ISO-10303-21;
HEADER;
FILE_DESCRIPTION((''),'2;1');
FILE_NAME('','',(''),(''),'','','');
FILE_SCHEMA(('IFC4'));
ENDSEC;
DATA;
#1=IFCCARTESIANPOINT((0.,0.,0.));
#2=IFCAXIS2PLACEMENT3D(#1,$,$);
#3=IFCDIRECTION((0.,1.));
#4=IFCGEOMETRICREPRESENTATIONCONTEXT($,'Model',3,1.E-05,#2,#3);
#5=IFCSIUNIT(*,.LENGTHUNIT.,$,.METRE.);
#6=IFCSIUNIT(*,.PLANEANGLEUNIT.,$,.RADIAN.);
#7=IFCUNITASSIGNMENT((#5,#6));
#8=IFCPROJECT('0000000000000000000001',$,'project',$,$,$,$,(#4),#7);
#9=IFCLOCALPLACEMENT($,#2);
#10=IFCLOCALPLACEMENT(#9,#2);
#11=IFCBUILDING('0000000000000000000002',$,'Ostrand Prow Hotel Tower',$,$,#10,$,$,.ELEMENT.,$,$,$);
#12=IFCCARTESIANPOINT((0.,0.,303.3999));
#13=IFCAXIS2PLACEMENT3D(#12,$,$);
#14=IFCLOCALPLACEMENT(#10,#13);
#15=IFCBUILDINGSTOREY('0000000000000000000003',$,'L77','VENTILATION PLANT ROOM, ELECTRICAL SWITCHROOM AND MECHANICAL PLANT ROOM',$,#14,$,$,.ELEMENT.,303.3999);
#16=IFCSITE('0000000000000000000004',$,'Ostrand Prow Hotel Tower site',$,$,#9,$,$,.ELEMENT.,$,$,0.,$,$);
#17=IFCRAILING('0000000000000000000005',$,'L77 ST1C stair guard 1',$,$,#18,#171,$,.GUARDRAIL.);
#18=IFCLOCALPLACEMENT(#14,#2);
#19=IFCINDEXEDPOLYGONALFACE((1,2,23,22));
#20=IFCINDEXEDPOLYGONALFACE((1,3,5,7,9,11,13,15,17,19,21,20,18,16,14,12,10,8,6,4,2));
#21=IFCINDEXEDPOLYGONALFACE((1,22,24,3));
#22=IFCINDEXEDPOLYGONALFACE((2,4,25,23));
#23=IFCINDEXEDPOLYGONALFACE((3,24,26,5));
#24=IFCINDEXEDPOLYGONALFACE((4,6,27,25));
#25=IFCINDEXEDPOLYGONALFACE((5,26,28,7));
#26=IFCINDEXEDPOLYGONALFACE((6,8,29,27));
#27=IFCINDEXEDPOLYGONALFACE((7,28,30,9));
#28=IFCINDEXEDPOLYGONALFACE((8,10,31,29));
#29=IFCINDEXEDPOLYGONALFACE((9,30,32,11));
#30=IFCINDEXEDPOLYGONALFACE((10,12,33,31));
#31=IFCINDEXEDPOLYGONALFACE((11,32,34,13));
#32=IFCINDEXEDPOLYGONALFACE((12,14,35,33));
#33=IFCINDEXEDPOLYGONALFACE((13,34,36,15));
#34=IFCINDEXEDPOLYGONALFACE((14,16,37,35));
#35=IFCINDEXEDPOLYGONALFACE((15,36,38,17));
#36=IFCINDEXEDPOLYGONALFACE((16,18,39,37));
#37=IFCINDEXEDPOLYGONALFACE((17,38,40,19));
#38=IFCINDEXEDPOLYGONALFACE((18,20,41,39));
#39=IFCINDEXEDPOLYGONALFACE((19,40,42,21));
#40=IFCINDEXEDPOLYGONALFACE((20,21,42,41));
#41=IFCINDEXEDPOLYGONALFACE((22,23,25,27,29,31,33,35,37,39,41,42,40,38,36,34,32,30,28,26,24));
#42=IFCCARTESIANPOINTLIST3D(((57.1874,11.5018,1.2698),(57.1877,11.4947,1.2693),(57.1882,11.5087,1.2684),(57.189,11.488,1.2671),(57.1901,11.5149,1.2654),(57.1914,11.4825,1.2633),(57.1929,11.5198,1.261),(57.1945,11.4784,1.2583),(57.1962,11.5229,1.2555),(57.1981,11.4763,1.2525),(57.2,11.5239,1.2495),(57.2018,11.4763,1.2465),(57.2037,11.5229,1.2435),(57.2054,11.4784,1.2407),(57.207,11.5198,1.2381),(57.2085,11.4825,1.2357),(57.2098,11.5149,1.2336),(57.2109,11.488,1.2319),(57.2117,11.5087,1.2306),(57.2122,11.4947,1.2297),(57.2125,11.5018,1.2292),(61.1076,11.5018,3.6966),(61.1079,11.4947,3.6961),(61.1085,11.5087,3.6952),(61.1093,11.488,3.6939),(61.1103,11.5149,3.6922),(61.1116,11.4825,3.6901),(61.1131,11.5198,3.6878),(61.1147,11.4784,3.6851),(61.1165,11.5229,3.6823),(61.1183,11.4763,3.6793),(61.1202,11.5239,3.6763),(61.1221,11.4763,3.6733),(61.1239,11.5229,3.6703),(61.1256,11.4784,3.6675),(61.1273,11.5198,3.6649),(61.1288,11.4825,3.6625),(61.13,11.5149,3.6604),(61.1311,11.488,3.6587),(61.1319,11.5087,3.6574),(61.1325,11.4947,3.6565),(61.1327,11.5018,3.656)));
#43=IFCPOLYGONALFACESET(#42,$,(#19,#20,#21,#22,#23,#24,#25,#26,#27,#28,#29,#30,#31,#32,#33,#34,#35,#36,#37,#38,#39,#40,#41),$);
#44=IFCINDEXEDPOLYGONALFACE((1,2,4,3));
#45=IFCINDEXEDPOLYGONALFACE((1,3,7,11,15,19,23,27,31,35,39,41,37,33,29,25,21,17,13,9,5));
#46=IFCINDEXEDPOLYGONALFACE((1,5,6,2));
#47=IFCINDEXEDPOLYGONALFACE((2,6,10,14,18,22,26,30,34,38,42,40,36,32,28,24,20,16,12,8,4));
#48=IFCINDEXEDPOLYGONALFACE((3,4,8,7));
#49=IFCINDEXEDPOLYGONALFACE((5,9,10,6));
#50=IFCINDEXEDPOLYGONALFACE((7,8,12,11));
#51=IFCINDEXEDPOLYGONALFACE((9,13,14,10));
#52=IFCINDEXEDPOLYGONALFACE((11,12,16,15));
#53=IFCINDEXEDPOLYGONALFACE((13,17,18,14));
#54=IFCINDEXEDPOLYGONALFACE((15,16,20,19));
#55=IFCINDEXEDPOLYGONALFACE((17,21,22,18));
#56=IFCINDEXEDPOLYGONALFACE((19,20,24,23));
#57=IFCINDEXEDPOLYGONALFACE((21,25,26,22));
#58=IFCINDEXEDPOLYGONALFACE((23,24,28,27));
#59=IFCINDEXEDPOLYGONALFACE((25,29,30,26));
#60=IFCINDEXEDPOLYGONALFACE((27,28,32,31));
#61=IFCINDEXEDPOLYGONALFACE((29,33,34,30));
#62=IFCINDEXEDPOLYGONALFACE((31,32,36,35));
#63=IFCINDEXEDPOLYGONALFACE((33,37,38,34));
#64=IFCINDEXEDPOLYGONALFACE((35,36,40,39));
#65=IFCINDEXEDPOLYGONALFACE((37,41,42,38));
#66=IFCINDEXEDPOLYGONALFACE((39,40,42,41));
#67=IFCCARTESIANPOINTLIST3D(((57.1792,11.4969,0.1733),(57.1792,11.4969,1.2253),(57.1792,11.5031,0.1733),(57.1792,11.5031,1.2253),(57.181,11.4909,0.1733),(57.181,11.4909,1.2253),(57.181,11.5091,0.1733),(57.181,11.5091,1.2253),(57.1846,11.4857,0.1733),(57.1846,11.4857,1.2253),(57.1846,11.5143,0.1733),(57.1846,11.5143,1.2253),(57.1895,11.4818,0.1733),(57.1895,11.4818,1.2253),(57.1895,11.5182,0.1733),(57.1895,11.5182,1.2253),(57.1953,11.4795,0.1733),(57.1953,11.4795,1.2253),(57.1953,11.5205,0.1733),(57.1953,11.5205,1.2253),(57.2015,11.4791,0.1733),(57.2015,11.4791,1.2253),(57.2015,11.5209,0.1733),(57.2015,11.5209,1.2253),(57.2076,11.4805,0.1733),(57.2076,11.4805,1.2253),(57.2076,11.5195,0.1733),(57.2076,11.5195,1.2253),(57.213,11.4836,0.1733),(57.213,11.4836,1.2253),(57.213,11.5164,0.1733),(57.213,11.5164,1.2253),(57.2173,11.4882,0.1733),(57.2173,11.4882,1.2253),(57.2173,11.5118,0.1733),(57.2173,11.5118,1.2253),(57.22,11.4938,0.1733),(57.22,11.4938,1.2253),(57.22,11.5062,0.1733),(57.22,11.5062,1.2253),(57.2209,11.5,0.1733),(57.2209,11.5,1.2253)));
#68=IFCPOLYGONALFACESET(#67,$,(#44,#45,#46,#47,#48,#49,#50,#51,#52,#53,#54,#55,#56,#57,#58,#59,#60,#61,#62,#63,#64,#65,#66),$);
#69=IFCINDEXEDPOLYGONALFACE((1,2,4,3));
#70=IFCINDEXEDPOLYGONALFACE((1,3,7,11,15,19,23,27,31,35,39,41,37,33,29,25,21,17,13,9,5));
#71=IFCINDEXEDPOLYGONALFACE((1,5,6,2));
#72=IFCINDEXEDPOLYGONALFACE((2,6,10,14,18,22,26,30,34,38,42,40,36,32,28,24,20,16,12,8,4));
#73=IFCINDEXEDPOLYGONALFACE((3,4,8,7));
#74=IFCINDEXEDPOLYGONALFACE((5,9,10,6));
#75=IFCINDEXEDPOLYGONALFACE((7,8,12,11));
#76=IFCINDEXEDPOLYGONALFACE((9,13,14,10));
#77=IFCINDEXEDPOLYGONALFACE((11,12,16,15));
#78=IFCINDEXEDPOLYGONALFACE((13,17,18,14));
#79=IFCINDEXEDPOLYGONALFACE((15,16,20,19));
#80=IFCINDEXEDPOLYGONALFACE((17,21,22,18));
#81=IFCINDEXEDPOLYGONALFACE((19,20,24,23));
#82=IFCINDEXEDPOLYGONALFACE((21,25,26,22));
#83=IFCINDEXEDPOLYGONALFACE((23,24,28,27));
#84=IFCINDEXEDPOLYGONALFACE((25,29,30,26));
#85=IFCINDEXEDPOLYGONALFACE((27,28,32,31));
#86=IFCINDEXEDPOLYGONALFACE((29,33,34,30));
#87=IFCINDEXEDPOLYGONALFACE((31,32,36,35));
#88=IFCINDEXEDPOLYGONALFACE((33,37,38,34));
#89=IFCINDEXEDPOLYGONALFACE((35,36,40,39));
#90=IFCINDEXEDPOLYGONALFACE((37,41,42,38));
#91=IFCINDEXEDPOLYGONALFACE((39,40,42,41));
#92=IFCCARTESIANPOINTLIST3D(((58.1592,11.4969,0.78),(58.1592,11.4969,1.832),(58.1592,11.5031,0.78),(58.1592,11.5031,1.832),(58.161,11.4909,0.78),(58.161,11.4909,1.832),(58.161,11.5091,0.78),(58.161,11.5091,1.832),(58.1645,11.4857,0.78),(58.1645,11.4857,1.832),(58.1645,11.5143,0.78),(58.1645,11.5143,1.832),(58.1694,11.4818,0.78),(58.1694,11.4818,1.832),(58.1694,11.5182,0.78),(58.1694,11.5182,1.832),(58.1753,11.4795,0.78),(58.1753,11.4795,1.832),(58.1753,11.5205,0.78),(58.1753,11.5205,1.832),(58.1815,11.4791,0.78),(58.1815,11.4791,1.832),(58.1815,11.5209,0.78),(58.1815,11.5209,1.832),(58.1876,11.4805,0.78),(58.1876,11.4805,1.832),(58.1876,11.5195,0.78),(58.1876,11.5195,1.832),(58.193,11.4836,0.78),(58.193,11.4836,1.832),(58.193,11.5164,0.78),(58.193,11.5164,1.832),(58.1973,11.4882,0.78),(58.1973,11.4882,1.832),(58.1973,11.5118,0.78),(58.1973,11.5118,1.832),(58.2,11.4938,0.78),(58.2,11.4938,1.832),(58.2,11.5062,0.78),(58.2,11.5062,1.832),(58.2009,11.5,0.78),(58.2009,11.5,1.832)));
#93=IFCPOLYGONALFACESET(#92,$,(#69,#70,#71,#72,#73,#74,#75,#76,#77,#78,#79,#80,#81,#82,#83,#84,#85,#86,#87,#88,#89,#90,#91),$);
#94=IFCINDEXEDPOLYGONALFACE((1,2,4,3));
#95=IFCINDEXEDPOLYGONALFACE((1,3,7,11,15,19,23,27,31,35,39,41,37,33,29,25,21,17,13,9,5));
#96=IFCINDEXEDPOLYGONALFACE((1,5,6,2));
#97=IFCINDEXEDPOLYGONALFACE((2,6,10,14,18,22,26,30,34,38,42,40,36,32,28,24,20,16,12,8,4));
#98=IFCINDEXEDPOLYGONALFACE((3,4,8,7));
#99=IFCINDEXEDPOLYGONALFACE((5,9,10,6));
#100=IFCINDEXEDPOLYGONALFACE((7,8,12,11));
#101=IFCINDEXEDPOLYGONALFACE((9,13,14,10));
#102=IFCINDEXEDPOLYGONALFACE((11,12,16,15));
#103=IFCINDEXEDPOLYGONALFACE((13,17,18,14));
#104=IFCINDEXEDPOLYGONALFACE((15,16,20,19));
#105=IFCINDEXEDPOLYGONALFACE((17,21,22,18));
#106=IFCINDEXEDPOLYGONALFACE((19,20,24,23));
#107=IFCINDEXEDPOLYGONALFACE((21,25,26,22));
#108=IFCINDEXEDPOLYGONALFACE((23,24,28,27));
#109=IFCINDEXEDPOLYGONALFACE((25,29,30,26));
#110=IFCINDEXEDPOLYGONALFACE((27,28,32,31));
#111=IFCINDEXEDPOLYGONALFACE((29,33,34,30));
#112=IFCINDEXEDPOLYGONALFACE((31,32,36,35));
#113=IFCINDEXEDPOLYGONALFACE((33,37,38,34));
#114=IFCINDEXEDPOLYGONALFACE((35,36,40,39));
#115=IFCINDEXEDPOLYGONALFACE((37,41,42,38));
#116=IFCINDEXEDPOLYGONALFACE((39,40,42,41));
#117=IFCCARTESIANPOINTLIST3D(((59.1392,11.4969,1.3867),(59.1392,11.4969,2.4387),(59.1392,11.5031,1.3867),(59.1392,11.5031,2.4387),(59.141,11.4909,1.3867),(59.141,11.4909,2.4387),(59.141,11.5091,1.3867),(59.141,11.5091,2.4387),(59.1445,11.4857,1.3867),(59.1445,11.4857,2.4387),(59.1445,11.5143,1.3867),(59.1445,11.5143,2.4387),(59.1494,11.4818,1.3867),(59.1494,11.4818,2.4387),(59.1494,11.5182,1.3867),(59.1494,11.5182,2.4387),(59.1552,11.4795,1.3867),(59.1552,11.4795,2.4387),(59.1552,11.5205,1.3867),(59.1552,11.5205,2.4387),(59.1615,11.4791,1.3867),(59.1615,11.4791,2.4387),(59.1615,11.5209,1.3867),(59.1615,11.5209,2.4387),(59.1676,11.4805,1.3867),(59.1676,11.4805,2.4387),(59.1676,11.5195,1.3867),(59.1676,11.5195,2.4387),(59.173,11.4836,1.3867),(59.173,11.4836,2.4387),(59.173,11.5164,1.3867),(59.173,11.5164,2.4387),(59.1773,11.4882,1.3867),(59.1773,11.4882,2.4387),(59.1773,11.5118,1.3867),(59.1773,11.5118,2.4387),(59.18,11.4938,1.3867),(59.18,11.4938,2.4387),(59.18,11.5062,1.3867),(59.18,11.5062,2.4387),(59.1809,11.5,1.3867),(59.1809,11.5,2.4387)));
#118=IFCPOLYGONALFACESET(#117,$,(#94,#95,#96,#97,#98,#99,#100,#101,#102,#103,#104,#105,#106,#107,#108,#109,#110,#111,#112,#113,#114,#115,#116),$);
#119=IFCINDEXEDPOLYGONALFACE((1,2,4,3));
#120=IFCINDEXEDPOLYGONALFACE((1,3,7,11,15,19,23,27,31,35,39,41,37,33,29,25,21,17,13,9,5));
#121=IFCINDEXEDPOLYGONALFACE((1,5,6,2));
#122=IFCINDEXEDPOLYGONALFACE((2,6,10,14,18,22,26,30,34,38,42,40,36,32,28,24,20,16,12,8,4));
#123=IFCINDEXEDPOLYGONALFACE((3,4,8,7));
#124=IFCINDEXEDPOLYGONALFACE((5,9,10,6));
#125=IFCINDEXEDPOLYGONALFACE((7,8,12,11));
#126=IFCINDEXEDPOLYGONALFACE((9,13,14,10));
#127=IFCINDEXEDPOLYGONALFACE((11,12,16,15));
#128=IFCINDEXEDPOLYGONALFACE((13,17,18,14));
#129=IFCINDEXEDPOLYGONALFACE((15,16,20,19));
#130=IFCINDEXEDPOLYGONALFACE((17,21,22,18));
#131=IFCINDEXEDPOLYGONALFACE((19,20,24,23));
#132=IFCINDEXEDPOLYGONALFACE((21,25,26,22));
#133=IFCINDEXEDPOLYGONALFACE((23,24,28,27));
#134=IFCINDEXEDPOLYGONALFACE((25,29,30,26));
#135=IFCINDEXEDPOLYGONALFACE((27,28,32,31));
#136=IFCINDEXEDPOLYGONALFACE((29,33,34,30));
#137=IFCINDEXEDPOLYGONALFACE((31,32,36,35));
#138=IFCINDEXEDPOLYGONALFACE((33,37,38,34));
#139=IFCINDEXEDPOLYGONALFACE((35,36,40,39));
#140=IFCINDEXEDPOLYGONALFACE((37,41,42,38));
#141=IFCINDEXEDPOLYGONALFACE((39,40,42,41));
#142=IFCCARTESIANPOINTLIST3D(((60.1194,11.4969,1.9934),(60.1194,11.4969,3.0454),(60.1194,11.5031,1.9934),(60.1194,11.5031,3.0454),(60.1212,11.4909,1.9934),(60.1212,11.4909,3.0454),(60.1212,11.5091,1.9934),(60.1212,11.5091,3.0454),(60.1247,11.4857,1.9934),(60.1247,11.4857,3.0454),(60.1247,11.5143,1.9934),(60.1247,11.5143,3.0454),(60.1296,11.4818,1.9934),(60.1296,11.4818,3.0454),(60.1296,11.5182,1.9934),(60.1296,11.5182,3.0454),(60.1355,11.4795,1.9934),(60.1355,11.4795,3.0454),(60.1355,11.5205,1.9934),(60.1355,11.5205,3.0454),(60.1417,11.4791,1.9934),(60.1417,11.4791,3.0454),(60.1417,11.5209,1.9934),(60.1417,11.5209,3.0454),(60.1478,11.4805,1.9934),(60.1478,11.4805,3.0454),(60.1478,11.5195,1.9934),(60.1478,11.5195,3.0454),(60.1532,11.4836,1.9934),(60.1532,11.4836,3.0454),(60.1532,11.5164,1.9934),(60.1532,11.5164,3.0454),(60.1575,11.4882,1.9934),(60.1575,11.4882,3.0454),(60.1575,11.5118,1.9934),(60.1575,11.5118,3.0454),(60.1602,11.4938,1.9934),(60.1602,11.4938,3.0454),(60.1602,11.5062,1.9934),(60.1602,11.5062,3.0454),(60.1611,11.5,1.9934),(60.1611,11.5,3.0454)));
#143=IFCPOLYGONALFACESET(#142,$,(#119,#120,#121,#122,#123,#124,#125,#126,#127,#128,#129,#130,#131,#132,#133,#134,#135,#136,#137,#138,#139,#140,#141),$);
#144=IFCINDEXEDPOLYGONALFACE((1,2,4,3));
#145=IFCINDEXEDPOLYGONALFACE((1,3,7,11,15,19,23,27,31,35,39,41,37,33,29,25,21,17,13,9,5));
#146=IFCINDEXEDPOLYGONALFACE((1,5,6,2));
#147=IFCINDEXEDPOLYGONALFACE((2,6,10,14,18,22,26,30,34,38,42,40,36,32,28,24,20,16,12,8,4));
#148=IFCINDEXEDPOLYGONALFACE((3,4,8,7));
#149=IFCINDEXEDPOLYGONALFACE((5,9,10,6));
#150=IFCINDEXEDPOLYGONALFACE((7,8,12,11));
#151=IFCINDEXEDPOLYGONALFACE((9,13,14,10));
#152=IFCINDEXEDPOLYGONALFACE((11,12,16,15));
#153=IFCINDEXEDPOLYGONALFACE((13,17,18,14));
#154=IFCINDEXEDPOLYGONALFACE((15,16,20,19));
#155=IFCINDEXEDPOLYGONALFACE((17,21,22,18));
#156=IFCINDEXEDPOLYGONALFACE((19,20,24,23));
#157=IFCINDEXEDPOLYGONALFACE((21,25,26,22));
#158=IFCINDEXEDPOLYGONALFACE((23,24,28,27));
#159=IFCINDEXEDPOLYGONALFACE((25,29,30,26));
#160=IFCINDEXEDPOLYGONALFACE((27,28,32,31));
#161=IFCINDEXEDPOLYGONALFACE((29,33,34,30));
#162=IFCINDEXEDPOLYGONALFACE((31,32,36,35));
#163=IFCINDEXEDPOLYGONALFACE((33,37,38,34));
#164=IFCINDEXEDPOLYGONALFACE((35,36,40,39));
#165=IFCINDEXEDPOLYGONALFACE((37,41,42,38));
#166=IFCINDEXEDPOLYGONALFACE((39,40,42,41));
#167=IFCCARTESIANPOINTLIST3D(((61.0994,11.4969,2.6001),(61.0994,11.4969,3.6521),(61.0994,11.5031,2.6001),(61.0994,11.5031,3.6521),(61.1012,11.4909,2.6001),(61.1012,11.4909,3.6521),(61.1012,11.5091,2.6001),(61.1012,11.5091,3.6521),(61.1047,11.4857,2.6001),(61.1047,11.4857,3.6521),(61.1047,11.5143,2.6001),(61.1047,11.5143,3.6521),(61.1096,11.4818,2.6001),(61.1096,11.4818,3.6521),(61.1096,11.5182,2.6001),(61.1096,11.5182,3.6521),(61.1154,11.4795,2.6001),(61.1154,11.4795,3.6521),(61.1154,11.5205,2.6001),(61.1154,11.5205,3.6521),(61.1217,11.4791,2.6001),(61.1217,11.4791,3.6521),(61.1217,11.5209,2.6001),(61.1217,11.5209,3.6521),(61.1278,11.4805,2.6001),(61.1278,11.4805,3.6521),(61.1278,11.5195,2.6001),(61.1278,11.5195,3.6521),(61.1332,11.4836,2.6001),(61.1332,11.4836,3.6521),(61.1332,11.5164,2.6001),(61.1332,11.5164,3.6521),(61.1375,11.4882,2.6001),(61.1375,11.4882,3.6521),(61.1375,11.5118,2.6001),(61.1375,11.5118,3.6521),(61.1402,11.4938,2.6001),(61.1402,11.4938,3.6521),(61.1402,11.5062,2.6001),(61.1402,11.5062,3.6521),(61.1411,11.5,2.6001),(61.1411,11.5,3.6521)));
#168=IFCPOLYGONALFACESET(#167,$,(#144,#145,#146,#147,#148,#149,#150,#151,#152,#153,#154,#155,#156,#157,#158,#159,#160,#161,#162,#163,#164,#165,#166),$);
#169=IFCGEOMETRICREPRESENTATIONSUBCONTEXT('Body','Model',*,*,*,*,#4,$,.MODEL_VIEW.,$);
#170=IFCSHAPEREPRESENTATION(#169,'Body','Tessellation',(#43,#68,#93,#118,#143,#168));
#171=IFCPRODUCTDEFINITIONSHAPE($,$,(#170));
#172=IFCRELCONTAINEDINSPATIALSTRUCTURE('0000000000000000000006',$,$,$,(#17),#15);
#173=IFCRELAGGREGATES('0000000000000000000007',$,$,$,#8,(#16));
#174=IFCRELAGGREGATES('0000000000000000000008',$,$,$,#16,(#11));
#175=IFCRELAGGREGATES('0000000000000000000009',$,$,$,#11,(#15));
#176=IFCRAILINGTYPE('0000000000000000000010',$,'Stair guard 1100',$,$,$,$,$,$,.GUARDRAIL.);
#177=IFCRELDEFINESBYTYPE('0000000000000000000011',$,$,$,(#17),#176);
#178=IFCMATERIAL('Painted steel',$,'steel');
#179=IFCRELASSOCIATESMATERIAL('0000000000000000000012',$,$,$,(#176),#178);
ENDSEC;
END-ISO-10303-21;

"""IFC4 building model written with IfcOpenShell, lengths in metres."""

from ifc_helpers import new_model, si_unit, direction, frame, origin, origin_2d, place, context, subcontext, project, spatial, circle, extrude, material, type_object, element, save


model = new_model("IFC4")

# Units and contexts
model_context = context("Model", 3, precision=1e-05, world=origin(), true_north=direction((0.0, 1.0)))
body_context = subcontext(model_context, "Body", "Model", "MODEL_VIEW")
ifc_project = project(units=[si_unit("LENGTHUNIT", "METRE"), si_unit("PLANEANGLEUNIT", "RADIAN")], contexts=[model_context])

# Site, building, storey
site_placement = place(None, origin())
site = spatial("IfcSite", under=ifc_project, at=site_placement, Name="Ostrand Prow Hotel Tower site", CompositionType="ELEMENT", RefElevation=0.0)
building_placement = place(site_placement, origin())
building = spatial("IfcBuilding", under=site, at=building_placement, Name="Ostrand Prow Hotel Tower", CompositionType="ELEMENT")
storey_placement = place(building_placement, frame((0.0, 0.0, 303.3999)))
storey = spatial("IfcBuildingStorey", under=building, at=storey_placement, Name="L77", Description="VENTILATION PLANT ROOM, ELECTRICAL SWITCHROOM AND MECHANICAL PLANT ROOM", CompositionType="ELEMENT", Elevation=303.3999)

# Railing
ifc_material_1 = material(Name="Painted steel", Category="steel")
railing_type_1 = type_object("IfcRailingType", Name="Stair guard 1100", PredefinedType="GUARDRAIL", material=ifc_material_1)
railing_1_placement = place(storey_placement, frame((57.2, 11.5, 0.1733)))
element("IfcRailing", 1, at=railing_1_placement, inside=storey, type_object=railing_type_1, Name="L77 ST1C stair guard 1", PredefinedType="GUARDRAIL", context=body_context, shape_type="SweptSolid", body=[
    extrude(circle(Radius=0.0239, at=origin_2d()), frame((0.0, 0.0, 1.0762), z_axis=(0.850266, 0.0, 0.526353), x_axis=(0.0, 1.0, 0.0)), (0.0, 0.0, 1.0), 4.6106),
    extrude(circle(Radius=0.021, at=origin_2d()), origin(), (0.0, 0.0, 1.0), 1.052),
    extrude(circle(Radius=0.021, at=origin_2d()), frame((0.98, 0.0, 0.6067)), (0.0, 0.0, 1.0), 1.052),
    extrude(circle(Radius=0.021, at=origin_2d()), frame((1.96, 0.0, 1.2134)), (0.0, 0.0, 1.0), 1.052),
    extrude(circle(Radius=0.021, at=origin_2d()), frame((2.9402, 0.0, 1.8201)), (0.0, 0.0, 1.0), 1.052),
    extrude(circle(Radius=0.021, at=origin_2d()), frame((3.9202, 0.0, 2.4268)), (0.0, 0.0, 1.0), 1.052),
])

save(model, "model.ifc")
